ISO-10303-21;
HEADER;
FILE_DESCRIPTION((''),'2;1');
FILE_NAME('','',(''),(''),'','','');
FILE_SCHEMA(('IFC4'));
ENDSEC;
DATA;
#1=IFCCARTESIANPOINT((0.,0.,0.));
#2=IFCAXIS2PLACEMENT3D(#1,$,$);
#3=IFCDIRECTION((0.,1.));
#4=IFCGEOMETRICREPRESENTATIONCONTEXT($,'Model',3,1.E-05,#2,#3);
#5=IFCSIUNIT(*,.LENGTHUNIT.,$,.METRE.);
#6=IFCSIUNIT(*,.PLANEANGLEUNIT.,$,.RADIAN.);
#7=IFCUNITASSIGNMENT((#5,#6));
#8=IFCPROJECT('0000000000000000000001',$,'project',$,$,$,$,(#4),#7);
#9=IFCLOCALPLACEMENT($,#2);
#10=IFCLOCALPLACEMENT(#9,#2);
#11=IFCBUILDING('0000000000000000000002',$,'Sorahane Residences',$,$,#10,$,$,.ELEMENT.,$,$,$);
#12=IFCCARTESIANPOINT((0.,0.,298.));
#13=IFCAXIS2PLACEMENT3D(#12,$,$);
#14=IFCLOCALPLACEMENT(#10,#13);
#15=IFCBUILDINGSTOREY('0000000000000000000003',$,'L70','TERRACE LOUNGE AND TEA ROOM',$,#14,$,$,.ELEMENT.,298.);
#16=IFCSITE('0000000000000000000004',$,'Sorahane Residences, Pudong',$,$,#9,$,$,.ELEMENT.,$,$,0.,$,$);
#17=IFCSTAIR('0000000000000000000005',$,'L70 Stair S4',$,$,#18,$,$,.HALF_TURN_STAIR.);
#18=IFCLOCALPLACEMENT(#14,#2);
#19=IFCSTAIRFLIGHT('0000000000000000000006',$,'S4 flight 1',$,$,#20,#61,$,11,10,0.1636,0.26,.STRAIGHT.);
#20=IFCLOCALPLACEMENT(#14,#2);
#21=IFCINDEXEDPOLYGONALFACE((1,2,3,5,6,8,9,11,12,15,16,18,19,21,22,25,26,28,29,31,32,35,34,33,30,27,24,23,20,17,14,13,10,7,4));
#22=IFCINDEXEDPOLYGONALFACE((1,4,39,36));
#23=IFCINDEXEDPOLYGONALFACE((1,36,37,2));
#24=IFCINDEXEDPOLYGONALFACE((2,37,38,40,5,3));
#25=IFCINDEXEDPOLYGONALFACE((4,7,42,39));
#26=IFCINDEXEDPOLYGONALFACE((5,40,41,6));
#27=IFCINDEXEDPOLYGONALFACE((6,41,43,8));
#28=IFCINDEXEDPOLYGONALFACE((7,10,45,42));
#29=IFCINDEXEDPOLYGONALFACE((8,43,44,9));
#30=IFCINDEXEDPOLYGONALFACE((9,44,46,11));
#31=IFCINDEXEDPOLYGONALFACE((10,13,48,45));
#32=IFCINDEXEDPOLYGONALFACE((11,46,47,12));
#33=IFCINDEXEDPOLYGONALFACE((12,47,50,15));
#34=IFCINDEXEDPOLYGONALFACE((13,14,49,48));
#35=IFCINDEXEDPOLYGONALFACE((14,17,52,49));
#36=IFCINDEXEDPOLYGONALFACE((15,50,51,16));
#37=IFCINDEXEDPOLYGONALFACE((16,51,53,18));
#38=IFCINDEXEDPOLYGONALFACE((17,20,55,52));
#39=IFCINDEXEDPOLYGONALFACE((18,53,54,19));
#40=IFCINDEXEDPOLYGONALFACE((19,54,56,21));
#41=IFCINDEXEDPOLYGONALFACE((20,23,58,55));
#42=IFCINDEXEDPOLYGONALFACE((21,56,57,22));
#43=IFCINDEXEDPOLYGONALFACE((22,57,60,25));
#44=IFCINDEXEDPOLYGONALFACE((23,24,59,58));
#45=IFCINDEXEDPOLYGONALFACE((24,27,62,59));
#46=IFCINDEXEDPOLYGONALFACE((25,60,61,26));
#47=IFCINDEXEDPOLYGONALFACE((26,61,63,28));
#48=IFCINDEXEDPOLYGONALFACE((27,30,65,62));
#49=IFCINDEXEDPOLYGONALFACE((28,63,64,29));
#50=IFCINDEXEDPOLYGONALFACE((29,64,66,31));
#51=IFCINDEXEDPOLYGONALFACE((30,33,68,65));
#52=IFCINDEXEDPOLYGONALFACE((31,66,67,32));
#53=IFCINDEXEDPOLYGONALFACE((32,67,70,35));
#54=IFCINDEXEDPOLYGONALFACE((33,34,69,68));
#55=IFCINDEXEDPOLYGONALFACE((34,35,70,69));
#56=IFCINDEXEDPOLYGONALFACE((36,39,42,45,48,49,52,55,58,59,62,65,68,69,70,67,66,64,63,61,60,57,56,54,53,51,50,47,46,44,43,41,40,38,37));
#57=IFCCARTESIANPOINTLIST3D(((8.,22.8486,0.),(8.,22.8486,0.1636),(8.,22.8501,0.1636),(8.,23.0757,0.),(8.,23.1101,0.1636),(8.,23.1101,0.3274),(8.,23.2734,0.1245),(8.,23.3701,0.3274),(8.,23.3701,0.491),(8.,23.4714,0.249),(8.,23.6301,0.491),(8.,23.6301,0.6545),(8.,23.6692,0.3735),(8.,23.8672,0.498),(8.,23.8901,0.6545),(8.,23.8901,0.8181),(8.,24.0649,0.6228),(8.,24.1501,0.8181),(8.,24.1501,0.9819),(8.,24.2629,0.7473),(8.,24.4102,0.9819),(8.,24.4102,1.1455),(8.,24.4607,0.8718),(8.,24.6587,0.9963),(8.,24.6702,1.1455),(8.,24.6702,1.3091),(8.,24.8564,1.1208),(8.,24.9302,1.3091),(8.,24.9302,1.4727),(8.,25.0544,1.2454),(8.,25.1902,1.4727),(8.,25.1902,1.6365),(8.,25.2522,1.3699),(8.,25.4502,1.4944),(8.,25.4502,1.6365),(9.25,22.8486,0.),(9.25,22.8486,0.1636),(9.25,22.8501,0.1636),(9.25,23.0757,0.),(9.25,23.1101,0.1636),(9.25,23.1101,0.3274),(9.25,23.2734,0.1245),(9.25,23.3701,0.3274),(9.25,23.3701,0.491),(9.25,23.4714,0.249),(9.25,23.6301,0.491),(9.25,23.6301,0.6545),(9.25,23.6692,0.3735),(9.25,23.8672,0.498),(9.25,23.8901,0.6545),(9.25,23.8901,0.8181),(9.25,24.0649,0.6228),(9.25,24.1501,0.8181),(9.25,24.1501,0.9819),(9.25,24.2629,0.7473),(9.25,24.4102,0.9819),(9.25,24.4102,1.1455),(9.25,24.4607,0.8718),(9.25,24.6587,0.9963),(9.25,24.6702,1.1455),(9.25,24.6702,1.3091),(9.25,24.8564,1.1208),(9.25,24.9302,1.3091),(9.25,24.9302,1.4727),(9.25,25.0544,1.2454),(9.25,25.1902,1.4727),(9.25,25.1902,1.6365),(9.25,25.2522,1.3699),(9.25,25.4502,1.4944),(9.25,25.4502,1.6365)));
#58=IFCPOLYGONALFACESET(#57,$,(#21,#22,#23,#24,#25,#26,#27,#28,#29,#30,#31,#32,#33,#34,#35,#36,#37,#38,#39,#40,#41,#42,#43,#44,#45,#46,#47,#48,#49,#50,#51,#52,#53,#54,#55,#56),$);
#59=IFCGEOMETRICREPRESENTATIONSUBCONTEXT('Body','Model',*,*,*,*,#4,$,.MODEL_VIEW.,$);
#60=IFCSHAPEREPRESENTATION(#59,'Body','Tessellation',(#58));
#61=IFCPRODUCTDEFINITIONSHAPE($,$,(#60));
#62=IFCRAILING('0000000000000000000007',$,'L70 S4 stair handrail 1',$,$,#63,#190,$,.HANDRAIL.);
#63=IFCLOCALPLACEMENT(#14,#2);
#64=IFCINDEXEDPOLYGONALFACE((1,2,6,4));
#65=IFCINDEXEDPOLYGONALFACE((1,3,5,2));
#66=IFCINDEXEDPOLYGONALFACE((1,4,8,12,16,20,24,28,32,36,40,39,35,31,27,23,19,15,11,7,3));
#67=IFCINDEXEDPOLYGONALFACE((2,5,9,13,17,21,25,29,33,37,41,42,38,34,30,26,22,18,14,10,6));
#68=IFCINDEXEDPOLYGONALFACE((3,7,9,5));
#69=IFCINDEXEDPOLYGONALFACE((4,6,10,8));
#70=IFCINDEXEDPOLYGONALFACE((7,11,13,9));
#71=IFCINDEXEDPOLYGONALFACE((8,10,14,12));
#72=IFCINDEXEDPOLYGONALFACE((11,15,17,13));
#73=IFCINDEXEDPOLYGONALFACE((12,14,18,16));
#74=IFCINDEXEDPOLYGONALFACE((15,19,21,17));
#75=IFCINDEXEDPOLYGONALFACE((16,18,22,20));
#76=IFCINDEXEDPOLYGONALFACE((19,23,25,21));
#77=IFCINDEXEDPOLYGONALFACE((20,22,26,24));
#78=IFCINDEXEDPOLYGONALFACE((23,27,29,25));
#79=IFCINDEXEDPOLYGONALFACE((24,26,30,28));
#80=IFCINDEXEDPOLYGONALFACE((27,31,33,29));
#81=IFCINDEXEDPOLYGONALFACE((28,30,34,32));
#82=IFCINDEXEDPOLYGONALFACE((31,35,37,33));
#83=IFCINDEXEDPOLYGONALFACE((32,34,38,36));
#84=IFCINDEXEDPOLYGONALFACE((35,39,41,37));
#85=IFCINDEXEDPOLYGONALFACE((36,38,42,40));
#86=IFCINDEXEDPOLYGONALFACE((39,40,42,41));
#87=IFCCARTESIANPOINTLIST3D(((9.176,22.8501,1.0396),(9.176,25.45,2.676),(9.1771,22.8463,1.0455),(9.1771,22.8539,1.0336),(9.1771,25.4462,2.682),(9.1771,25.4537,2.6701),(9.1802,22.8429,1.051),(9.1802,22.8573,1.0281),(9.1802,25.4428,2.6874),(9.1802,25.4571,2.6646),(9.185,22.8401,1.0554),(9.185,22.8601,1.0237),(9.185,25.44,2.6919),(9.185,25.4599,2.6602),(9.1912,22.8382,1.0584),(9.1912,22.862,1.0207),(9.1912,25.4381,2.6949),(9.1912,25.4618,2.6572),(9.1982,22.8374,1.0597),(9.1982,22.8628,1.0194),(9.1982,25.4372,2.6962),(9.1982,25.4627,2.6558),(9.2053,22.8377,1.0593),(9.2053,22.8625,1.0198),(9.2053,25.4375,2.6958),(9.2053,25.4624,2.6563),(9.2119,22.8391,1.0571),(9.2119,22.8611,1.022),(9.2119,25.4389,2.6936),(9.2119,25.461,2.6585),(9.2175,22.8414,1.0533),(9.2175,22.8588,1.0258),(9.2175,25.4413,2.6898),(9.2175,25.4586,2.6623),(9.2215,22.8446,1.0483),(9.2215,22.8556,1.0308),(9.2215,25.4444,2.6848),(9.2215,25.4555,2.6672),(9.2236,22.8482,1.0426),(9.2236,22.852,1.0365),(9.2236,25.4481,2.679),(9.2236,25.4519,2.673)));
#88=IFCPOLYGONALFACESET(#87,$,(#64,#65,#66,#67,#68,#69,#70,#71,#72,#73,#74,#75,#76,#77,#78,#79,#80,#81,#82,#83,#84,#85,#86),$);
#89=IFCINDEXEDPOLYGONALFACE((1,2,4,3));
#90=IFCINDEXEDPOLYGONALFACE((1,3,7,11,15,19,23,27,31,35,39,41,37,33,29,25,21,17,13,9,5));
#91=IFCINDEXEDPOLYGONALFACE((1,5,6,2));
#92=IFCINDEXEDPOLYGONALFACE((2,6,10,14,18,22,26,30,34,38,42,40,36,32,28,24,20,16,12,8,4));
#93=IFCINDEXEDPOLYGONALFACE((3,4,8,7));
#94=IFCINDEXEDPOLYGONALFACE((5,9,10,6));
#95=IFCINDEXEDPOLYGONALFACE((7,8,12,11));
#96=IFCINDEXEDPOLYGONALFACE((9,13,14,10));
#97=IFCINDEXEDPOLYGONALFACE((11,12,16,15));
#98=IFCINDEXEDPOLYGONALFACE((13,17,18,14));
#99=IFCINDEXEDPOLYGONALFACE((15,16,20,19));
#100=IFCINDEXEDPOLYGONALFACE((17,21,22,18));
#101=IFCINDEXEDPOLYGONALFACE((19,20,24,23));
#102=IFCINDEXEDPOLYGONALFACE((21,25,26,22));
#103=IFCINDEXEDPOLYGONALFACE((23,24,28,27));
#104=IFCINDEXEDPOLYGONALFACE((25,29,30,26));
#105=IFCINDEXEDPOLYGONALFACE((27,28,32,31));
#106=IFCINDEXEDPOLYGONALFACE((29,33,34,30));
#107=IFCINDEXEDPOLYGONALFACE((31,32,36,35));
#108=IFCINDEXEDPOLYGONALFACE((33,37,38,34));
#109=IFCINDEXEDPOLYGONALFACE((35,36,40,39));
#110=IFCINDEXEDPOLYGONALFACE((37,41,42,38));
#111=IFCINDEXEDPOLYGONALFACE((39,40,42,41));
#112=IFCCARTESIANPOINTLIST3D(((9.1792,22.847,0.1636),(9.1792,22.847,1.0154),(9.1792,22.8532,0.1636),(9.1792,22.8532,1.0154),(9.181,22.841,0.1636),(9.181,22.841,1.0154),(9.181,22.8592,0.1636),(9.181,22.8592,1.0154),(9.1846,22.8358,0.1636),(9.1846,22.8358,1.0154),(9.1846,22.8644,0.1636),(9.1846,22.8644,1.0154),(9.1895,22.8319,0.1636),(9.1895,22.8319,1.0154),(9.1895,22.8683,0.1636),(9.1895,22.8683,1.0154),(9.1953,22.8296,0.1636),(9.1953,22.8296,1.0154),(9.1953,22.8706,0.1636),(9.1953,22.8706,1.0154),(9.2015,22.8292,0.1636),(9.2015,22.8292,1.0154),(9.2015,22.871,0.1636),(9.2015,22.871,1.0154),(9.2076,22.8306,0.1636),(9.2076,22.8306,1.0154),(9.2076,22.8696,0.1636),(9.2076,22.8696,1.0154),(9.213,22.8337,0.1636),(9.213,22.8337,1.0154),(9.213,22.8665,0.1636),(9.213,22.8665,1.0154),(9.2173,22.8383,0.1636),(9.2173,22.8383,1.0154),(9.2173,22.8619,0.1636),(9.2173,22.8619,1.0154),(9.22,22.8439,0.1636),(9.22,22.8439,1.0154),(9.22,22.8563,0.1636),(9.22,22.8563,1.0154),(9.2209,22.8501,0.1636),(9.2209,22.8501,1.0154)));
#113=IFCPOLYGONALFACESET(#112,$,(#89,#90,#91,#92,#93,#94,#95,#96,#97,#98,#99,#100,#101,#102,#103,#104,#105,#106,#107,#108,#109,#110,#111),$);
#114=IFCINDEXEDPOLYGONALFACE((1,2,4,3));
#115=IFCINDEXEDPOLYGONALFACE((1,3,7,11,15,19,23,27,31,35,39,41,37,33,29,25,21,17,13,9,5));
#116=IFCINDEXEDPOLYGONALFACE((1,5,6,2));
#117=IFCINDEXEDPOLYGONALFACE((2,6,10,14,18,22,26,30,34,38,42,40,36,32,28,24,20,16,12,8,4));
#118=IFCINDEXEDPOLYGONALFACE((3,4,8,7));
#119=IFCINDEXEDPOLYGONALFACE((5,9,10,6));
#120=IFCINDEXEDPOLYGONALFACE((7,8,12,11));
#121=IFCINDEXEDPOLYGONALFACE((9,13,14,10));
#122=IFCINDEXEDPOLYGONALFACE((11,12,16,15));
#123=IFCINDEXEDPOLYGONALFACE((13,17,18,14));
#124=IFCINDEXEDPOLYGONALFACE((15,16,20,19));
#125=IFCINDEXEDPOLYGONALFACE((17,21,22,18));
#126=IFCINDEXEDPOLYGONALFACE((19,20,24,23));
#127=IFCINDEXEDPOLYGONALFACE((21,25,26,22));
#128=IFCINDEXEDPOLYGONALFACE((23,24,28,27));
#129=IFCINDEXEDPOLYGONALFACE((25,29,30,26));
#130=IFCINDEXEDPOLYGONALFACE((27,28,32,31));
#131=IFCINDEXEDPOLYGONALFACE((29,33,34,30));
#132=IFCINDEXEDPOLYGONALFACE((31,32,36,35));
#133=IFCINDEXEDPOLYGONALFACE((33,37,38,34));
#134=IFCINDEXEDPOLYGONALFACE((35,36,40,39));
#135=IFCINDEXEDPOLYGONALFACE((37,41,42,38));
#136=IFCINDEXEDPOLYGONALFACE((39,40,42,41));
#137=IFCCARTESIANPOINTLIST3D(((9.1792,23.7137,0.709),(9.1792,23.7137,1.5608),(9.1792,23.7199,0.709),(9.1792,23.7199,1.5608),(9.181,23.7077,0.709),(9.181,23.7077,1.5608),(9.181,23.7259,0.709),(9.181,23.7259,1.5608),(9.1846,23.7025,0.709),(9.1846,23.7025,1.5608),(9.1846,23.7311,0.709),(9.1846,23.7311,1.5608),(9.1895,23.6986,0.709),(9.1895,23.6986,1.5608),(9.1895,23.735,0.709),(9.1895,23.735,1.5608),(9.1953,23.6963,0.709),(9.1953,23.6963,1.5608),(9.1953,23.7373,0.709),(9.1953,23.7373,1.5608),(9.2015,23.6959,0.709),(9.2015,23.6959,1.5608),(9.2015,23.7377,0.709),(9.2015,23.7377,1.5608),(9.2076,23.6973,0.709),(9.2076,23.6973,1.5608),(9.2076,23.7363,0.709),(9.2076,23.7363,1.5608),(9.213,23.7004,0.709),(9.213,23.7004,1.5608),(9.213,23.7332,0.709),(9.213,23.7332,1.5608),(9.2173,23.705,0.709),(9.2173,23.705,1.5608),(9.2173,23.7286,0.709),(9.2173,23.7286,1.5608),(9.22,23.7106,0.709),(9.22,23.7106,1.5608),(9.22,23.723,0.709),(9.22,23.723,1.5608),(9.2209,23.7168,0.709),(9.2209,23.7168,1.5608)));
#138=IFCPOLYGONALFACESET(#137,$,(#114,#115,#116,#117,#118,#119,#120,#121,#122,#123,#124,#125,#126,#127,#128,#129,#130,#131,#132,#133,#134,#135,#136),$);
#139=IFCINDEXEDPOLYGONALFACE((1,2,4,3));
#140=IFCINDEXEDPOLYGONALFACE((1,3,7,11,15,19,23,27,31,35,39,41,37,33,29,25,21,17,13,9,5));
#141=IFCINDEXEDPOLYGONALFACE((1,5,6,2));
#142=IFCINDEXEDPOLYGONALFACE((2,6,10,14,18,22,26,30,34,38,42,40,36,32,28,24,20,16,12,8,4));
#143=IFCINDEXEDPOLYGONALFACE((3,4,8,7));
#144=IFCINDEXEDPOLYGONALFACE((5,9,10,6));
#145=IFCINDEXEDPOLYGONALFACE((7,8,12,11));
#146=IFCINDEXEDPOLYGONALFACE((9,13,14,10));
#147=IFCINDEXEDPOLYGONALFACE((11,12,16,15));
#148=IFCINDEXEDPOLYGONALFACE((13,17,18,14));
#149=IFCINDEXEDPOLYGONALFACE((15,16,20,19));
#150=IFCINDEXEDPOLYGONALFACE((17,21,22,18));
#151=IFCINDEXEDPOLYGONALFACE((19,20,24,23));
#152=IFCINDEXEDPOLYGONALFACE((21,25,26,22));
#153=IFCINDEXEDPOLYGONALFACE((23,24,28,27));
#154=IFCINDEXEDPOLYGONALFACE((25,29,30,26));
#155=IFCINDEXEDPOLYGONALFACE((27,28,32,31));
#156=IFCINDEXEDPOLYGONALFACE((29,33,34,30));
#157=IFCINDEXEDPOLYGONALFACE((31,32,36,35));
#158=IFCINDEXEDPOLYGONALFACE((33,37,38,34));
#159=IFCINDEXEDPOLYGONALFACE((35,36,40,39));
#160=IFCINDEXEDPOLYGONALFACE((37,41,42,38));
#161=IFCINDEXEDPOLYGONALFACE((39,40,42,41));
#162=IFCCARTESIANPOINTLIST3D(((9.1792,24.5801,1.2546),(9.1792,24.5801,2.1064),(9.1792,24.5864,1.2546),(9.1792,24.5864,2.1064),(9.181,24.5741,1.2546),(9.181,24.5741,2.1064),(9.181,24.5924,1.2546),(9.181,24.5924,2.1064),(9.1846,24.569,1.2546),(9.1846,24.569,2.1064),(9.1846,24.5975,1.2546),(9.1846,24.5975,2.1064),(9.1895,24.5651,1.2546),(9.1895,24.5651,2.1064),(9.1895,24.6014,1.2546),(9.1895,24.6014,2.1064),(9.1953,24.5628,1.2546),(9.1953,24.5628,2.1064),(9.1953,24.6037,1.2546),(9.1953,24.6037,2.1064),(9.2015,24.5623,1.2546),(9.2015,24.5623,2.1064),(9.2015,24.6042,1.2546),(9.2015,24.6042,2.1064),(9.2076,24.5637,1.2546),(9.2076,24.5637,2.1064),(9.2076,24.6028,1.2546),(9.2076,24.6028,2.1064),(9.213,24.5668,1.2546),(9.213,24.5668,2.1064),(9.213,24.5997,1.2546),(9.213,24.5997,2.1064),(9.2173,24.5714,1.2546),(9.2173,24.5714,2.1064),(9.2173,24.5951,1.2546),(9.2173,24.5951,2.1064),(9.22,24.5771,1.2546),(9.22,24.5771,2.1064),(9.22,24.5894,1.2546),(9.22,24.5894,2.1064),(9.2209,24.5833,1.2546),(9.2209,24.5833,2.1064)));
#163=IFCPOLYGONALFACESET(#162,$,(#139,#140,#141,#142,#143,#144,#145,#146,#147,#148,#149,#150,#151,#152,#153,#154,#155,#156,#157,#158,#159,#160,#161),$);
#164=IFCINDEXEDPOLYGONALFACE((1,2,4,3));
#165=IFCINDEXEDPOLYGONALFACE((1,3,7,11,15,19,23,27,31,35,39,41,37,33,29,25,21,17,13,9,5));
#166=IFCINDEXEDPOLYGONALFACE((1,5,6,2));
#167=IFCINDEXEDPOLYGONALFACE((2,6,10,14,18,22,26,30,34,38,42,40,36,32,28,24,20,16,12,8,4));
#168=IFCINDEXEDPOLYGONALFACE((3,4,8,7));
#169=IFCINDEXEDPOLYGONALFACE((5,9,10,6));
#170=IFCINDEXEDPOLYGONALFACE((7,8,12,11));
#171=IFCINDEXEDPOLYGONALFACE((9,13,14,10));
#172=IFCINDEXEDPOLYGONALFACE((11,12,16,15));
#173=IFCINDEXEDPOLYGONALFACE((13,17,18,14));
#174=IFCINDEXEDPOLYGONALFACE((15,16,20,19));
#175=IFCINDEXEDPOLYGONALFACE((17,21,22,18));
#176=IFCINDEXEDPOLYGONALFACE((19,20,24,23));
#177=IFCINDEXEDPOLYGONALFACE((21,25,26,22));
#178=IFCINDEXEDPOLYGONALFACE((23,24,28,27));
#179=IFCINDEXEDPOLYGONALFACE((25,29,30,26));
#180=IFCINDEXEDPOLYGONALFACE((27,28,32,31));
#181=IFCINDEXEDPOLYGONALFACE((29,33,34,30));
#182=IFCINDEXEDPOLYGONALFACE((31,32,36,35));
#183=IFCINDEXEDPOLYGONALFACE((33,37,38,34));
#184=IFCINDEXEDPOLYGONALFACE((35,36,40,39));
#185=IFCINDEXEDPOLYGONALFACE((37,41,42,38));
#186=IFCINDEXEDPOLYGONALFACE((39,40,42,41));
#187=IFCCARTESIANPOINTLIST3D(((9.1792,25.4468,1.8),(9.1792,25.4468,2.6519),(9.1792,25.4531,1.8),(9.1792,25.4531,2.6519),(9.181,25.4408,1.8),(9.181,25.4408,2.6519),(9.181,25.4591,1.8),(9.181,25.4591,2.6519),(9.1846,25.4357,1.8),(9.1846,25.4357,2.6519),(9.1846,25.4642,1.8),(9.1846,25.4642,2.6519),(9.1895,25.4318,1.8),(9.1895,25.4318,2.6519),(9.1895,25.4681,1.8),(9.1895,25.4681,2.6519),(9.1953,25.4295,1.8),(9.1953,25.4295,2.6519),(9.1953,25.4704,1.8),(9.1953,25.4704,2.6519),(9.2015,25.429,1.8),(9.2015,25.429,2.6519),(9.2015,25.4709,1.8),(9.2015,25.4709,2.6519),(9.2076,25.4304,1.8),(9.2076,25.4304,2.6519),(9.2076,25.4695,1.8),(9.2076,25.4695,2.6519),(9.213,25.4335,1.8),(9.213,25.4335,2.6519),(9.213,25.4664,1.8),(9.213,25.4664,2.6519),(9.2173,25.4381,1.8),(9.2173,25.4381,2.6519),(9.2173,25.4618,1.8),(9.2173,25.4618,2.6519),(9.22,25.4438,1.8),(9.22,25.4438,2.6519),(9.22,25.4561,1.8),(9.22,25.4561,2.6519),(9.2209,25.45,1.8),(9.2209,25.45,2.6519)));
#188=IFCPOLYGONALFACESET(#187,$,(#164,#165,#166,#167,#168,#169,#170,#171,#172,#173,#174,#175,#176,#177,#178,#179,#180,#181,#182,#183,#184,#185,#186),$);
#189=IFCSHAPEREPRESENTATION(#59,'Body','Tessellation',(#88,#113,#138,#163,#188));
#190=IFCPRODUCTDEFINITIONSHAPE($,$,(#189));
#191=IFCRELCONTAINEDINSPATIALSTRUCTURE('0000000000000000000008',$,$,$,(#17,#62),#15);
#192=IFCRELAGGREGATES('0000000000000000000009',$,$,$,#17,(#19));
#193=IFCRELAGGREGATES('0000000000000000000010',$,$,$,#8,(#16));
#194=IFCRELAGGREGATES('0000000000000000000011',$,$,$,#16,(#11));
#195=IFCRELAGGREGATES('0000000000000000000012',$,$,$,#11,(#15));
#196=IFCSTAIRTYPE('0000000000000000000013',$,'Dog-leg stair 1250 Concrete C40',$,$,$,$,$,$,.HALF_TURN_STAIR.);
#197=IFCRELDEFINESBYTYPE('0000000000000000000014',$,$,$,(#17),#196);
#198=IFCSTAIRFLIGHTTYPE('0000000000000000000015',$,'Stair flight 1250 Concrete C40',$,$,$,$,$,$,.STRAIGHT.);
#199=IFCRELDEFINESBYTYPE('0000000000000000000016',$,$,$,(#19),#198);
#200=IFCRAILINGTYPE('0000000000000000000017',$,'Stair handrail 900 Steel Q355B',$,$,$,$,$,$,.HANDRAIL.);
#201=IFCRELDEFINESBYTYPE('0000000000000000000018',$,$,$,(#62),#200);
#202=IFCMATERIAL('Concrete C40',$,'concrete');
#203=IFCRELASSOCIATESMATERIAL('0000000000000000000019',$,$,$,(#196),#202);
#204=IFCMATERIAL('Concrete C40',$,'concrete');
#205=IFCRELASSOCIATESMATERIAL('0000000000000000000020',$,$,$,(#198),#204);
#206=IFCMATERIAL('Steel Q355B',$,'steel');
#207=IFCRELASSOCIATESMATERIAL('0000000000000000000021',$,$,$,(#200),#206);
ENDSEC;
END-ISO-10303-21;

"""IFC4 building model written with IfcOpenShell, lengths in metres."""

from ifc_helpers import new_model, si_unit, direction, frame, origin, origin_2d, place, context, subcontext, project, spatial, polyline, circle, outline, extrude, material, type_object, element, aggregate, save


model = new_model("IFC4")

# Units and contexts
model_context = context("Model", 3, precision=1e-05, world=origin(), true_north=direction((0.0, 1.0)))
body_context = subcontext(model_context, "Body", "Model", "MODEL_VIEW")
ifc_project = project(units=[si_unit("LENGTHUNIT", "METRE"), si_unit("PLANEANGLEUNIT", "RADIAN")], contexts=[model_context])

# Site, building, storey
site_placement = place(None, origin())
site = spatial("IfcSite", under=ifc_project, at=site_placement, Name="Sorahane Residences, Pudong", CompositionType="ELEMENT", RefElevation=0.0)
building_placement = place(site_placement, origin())
building = spatial("IfcBuilding", under=site, at=building_placement, Name="Sorahane Residences", CompositionType="ELEMENT")
storey_placement = place(building_placement, frame((0.0, 0.0, 298.0)))
storey = spatial("IfcBuildingStorey", under=building, at=storey_placement, Name="L70", Description="TERRACE LOUNGE AND TEA ROOM", CompositionType="ELEMENT", Elevation=298.0)

# Stair, stair flight
ifc_material_1 = material(Name="Concrete C40", Category="concrete")
stair_type = type_object("IfcStairType", Name="Dog-leg stair 1250 Concrete C40", PredefinedType="HALF_TURN_STAIR", material=ifc_material_1)
stair_placement = place(storey_placement, origin())
stair = element("IfcStair", 1, at=stair_placement, inside=storey, type_object=stair_type, Name="L70 Stair S4", PredefinedType="HALF_TURN_STAIR")
ifc_material_2 = material(Name="Concrete C40", Category="concrete")
stair_flight_type = type_object("IfcStairFlightType", Name="Stair flight 1250 Concrete C40", PredefinedType="STRAIGHT", material=ifc_material_2)
stair_flight_placement = place(storey_placement, frame((8.625, 22.8501, 0.0), z_axis=(0.0, 0.0, 1.0), x_axis=(0.0, 1.0, 0.0)))
stair_flight = element("IfcStairFlight", 2, at=stair_flight_placement, type_object=stair_flight_type, Name="S4 flight 1", NumberOfRisers=11, NumberOfTreads=10, PredefinedType="STRAIGHT", RiserHeight=0.1636, TreadLength=0.26, context=body_context, shape_type="SweptSolid", body=[
    extrude(outline(polyline([(-0.0015, 0.0), (-0.0015, 0.1636), (0.0, 0.1636), (0.26, 0.1636), (0.26, 0.3274), (0.52, 0.3274), (0.52, 0.491), (0.78, 0.491), (0.78, 0.6545), (1.04, 0.6545), (1.04, 0.8181), (1.3, 0.8181), (1.3, 0.9819), (1.5601, 0.9819), (1.5601, 1.1455), (1.8201, 1.1455), (1.8201, 1.3091), (2.0801, 1.3091), (2.0801, 1.4727), (2.3401, 1.4727), (2.3401, 1.6365), (2.6001, 1.6365), (2.6001, 1.8), (2.6001, 1.4944), (2.4021, 1.3699), (2.2043, 1.2454), (2.0063, 1.1208), (1.8086, 0.9963), (1.6106, 0.8718), (1.4128, 0.7473), (1.2148, 0.6228), (1.0171, 0.498), (0.8191, 0.3735), (0.6213, 0.249), (0.4233, 0.1245), (0.2256, 0.0), (-0.0015, 0.0)])), frame((0.0, 0.625, 0.0), z_axis=(0.0, -1.0, 0.0), x_axis=(1.0, 0.0, 0.0)), (0.0, 0.0, 1.0), 1.25),
])
aggregate(stair, [stair_flight])

# Railing
ifc_material_3 = material(Name="Steel Q355B", Category="steel")
railing_type_1 = type_object("IfcRailingType", Name="Stair handrail 900 Steel Q355B", PredefinedType="HANDRAIL", material=ifc_material_3)
railing_1_placement = place(storey_placement, frame((9.2, 22.8501, 0.1636)))
element("IfcRailing", 3, at=railing_1_placement, inside=storey, type_object=railing_type_1, Name="L70 S4 stair handrail 1", PredefinedType="HANDRAIL", context=body_context, shape_type="SweptSolid", body=[
    extrude(circle(Radius=0.0239, at=origin_2d()), frame((0.0, 0.0, 0.876), z_axis=(0.0, 0.846302, 0.532704), x_axis=(-1.0, 0.0, 0.0)), (0.0, 0.0, 1.0), 3.072),
    extrude(circle(Radius=0.021, at=origin_2d()), origin(), (0.0, 0.0, 1.0), 0.8518),
    extrude(circle(Radius=0.021, at=origin_2d()), frame((0.0, 0.8667, 0.5454)), (0.0, 0.0, 1.0), 0.8518),
    extrude(circle(Radius=0.021, at=origin_2d()), frame((0.0, 1.7332, 1.0911)), (0.0, 0.0, 1.0), 0.8518),
    extrude(circle(Radius=0.021, at=origin_2d()), frame((0.0, 2.5999, 1.6365)), (0.0, 0.0, 1.0), 0.8518),
])

save(model, "model.ifc")
